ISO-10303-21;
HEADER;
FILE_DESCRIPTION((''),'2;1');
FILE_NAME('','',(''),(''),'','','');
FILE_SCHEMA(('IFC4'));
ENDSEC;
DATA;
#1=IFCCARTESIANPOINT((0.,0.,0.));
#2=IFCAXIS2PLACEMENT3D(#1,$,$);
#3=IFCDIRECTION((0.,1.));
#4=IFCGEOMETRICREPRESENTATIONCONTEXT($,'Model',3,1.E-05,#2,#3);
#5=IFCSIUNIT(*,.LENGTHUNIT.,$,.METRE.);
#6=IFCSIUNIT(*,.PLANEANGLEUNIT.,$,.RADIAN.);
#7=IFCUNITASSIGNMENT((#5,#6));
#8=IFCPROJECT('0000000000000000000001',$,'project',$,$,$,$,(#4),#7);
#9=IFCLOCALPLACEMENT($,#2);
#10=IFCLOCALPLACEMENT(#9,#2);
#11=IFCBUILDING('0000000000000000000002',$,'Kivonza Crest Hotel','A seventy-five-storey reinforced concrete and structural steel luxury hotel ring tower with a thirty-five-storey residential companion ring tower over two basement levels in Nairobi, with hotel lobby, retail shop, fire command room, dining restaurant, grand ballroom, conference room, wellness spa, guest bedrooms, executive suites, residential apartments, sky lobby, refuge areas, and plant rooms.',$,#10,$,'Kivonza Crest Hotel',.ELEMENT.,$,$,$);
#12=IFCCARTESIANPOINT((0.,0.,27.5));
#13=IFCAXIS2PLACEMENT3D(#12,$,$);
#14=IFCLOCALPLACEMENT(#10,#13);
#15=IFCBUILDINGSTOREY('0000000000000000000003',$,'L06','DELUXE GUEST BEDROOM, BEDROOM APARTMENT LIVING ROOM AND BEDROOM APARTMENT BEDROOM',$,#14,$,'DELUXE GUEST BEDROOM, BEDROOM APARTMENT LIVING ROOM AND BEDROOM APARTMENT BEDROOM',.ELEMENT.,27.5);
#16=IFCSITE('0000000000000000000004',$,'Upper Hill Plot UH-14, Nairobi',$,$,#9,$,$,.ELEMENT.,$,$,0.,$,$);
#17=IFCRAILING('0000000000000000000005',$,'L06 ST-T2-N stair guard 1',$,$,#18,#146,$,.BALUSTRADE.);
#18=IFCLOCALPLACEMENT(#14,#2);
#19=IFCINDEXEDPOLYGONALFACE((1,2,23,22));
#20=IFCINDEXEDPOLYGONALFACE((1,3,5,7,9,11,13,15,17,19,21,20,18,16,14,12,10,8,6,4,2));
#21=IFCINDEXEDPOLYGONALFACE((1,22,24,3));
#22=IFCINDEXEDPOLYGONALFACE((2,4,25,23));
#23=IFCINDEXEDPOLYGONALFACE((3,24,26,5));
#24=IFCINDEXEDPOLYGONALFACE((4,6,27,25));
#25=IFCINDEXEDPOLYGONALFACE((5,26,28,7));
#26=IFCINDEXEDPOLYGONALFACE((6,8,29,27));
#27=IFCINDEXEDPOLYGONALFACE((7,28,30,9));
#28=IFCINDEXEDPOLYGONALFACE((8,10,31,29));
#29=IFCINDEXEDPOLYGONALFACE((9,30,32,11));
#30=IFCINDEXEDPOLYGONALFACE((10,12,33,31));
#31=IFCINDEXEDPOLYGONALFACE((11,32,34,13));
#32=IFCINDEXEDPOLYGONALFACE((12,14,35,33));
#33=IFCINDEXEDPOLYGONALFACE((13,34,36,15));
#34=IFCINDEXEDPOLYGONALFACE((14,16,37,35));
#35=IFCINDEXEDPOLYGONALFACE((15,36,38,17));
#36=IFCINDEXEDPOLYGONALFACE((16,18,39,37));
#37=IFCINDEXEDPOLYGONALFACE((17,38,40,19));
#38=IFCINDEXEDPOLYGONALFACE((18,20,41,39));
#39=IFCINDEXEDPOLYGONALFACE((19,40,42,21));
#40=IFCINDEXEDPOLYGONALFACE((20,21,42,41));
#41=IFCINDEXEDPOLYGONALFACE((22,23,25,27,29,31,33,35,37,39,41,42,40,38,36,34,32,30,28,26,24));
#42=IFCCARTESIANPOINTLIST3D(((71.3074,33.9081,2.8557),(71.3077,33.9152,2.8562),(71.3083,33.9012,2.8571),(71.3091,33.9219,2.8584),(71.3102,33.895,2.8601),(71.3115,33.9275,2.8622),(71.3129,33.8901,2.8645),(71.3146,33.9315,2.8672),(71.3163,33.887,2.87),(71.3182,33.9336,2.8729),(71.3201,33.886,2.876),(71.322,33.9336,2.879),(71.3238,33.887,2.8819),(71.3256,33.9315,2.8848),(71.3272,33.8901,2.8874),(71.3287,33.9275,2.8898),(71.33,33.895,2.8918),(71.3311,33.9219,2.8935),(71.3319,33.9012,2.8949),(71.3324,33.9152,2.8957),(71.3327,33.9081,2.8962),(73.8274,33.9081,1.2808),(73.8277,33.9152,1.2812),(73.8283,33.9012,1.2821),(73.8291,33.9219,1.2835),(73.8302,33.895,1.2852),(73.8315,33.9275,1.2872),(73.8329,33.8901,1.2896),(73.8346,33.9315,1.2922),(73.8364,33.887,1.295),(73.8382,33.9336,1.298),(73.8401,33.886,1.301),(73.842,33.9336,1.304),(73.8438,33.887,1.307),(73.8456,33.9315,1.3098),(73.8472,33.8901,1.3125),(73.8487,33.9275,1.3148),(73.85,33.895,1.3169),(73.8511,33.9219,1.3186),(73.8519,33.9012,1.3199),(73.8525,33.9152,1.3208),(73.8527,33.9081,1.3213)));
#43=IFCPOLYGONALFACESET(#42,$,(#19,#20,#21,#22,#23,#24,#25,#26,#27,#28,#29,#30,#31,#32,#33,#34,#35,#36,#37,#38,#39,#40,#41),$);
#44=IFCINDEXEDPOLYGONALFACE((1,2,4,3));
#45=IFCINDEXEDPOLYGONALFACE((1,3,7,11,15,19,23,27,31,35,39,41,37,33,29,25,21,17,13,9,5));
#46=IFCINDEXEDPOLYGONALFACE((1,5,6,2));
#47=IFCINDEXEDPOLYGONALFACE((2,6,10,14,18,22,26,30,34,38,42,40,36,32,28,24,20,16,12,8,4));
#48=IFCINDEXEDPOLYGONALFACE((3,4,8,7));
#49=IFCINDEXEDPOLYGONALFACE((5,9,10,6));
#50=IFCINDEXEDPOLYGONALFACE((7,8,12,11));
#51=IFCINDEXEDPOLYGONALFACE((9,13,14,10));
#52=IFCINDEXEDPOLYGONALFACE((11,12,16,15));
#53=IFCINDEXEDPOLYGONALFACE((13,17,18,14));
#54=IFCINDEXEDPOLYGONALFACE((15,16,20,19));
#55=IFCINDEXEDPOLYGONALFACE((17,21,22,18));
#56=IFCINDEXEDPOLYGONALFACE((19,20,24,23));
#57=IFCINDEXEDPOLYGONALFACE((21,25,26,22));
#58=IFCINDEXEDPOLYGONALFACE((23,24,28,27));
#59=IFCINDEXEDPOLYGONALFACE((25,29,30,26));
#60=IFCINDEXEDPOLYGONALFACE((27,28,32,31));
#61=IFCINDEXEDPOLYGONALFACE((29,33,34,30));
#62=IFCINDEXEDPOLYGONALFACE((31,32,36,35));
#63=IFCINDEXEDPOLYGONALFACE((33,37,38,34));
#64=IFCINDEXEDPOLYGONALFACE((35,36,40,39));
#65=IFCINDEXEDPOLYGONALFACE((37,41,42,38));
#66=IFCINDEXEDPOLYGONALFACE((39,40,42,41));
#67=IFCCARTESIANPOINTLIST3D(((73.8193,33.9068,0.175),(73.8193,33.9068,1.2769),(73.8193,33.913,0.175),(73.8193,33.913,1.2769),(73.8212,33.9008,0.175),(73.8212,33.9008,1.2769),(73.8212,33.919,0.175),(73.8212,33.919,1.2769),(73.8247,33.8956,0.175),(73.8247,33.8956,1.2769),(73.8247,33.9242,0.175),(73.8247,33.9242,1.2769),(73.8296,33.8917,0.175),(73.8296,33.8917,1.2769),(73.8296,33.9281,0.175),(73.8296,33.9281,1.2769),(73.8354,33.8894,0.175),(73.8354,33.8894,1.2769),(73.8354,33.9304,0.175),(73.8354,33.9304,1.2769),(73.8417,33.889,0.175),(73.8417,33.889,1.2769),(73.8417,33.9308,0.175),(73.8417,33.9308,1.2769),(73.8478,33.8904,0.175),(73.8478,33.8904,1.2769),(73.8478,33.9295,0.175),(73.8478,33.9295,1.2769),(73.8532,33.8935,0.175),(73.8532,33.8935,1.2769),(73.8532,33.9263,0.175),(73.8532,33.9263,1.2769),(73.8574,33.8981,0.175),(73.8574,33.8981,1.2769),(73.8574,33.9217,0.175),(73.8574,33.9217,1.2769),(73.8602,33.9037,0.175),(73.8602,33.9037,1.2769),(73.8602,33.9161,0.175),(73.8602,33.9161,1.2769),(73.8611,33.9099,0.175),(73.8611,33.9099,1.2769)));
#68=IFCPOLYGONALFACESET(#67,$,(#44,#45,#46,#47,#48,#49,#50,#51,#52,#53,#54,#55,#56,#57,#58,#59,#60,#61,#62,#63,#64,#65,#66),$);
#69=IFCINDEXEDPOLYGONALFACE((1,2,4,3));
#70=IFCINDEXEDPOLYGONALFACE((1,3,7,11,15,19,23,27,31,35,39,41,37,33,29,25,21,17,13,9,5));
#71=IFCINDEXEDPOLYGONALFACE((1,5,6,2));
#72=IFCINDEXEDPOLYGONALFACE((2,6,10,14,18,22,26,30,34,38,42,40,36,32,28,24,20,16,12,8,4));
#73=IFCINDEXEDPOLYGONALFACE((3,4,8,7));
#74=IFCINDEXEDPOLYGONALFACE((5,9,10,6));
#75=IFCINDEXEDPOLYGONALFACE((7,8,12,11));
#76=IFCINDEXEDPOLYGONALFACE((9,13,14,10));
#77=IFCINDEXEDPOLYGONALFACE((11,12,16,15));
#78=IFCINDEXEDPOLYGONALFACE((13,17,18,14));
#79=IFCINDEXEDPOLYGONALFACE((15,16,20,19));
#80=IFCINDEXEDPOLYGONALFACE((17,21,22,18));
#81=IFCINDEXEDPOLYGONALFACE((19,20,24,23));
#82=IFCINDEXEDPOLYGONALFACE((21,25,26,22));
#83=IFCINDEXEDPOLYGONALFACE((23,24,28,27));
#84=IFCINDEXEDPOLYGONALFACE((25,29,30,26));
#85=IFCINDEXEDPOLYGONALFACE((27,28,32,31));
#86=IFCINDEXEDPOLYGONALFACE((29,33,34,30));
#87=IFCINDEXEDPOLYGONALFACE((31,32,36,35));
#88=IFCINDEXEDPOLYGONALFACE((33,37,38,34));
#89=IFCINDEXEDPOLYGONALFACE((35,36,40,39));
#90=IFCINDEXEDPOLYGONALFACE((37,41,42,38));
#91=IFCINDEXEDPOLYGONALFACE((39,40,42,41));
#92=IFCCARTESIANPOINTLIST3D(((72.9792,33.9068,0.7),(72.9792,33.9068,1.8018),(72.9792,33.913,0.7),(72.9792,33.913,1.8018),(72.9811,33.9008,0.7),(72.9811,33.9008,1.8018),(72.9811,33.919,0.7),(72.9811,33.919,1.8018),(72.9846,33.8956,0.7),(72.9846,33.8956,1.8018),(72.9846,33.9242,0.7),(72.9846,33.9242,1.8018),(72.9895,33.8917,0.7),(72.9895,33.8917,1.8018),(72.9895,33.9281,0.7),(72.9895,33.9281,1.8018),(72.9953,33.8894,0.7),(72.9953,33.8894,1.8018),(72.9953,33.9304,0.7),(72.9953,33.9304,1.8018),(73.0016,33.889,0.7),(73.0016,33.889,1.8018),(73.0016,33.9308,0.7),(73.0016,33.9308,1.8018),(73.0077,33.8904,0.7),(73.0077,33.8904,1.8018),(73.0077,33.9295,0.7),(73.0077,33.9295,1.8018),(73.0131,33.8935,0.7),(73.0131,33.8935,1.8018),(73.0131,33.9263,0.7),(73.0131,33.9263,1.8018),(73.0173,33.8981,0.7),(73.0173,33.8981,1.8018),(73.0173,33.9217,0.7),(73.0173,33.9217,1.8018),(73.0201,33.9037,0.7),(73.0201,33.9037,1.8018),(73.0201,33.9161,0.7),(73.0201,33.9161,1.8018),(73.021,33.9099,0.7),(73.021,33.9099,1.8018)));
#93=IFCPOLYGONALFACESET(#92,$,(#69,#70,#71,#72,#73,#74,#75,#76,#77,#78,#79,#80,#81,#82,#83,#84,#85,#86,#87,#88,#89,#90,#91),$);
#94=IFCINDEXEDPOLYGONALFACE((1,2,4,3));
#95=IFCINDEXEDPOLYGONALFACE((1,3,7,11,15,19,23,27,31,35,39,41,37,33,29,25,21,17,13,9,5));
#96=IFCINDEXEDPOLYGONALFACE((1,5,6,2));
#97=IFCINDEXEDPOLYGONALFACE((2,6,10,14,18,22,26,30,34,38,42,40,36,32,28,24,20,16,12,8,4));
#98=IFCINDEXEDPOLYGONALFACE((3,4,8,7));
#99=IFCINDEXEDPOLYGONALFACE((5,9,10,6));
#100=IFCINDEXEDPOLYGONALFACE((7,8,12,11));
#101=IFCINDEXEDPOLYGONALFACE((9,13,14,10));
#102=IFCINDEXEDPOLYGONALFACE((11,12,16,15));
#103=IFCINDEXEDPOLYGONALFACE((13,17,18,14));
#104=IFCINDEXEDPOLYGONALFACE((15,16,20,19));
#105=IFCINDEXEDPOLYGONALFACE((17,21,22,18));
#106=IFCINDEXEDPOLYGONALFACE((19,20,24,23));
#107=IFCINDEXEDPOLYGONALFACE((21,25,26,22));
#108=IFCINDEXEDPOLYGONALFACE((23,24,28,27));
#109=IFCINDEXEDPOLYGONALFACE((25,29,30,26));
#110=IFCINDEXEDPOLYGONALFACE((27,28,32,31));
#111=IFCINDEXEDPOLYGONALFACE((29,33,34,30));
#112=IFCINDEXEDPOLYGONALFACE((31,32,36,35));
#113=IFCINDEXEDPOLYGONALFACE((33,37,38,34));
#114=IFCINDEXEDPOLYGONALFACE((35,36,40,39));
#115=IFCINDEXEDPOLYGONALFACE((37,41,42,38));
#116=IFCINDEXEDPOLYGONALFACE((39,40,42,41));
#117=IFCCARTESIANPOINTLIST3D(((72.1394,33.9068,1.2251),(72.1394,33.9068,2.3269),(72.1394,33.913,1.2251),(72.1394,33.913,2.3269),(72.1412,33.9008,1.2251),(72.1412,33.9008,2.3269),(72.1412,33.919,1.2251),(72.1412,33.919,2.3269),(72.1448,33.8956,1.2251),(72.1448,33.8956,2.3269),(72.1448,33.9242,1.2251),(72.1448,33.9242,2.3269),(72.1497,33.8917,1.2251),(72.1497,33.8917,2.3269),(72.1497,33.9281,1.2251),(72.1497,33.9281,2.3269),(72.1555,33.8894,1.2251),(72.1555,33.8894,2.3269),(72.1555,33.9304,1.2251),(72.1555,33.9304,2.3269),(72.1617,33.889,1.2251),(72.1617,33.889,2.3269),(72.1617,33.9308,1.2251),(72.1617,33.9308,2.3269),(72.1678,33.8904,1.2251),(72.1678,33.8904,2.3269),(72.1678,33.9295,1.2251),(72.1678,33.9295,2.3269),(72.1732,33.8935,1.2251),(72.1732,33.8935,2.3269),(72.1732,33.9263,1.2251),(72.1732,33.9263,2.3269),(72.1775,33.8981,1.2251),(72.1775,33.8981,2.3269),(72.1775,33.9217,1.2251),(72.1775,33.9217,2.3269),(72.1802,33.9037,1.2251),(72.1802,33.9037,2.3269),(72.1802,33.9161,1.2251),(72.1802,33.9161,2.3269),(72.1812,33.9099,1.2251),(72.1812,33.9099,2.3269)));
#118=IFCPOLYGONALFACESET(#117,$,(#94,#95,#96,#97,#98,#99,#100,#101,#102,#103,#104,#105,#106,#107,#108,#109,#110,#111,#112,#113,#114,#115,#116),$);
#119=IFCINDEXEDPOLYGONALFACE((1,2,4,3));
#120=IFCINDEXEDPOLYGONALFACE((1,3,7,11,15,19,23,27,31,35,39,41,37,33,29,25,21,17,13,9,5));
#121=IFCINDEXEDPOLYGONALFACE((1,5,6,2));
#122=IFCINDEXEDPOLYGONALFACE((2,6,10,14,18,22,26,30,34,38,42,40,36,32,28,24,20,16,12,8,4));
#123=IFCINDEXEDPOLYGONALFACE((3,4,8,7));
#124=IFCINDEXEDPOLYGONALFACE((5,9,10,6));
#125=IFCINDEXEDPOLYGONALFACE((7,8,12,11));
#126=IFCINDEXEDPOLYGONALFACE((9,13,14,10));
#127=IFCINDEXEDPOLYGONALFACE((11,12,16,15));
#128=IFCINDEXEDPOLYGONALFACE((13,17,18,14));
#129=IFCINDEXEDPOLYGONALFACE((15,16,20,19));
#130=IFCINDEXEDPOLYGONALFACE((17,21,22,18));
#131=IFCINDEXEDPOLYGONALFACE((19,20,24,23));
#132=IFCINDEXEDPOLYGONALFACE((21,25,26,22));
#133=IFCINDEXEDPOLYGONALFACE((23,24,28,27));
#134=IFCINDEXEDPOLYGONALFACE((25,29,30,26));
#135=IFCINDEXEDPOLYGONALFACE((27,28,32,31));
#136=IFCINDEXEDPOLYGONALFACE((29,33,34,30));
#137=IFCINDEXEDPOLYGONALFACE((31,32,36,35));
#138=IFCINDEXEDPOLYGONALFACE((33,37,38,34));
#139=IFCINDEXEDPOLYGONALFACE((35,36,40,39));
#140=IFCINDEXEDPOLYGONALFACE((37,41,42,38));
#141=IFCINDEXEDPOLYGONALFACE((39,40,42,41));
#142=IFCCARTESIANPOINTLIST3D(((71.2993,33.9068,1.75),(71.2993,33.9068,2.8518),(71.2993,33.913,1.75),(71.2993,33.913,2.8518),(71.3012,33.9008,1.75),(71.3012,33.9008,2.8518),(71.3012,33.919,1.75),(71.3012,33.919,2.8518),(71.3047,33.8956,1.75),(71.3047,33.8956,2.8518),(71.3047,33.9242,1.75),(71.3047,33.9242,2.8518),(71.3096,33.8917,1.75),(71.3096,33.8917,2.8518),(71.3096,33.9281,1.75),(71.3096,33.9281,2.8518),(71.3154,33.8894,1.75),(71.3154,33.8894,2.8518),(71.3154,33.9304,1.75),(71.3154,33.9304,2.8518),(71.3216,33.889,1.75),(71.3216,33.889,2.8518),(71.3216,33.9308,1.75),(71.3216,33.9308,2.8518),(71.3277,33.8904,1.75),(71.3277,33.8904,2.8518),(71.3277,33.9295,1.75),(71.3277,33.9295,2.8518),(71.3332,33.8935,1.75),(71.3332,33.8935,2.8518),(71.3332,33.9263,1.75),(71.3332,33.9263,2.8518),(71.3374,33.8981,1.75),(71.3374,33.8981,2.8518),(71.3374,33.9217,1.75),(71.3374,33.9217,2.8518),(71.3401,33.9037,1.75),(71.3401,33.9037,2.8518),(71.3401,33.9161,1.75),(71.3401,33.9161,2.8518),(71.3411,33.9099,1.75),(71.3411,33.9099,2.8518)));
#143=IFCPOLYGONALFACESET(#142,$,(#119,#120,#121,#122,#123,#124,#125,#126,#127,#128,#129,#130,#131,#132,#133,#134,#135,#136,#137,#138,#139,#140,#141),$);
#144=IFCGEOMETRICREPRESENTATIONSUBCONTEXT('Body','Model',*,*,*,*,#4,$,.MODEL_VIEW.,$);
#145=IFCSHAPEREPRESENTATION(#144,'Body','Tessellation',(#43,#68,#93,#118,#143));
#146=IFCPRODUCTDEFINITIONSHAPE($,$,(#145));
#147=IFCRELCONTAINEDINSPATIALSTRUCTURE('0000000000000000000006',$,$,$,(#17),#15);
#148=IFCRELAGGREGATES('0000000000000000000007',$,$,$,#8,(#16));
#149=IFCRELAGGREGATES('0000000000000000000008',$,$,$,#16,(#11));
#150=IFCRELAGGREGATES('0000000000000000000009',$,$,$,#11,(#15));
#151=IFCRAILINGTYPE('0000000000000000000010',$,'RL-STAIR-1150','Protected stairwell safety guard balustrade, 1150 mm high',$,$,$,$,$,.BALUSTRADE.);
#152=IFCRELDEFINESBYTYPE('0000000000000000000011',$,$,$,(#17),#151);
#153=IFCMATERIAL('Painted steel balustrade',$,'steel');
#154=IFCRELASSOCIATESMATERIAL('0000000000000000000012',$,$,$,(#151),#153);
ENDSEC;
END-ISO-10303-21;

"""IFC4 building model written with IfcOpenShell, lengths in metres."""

from ifc_helpers import new_model, si_unit, direction, frame, origin, origin_2d, place, context, subcontext, project, spatial, circle, extrude, material, type_object, element, save


model = new_model("IFC4")

# Units and contexts
model_context = context("Model", 3, precision=1e-05, world=origin(), true_north=direction((0.0, 1.0)))
body_context = subcontext(model_context, "Body", "Model", "MODEL_VIEW")
ifc_project = project(units=[si_unit("LENGTHUNIT", "METRE"), si_unit("PLANEANGLEUNIT", "RADIAN")], contexts=[model_context])

# Site, building, storey
site_placement = place(None, origin())
site = spatial("IfcSite", under=ifc_project, at=site_placement, Name="Upper Hill Plot UH-14, Nairobi", CompositionType="ELEMENT", RefElevation=0.0)
building_placement = place(site_placement, origin())
building = spatial("IfcBuilding", under=site, at=building_placement, Name="Kivonza Crest Hotel", Description="A seventy-five-storey reinforced concrete and structural steel luxury hotel ring tower with a thirty-five-storey residential companion ring tower over two basement levels in Nairobi, with hotel lobby, retail shop, fire command room, dining restaurant, grand ballroom, conference room, wellness spa, guest bedrooms, executive suites, residential apartments, sky lobby, refuge areas, and plant rooms.", LongName="Kivonza Crest Hotel", CompositionType="ELEMENT")
storey_placement = place(building_placement, frame((0.0, 0.0, 27.5)))
storey = spatial("IfcBuildingStorey", under=building, at=storey_placement, Name="L06", Description="DELUXE GUEST BEDROOM, BEDROOM APARTMENT LIVING ROOM AND BEDROOM APARTMENT BEDROOM", LongName="DELUXE GUEST BEDROOM, BEDROOM APARTMENT LIVING ROOM AND BEDROOM APARTMENT BEDROOM", CompositionType="ELEMENT", Elevation=27.5)

# Railing
ifc_material_1 = material(Name="Painted steel balustrade", Category="steel")
railing_type_1 = type_object("IfcRailingType", Name="RL-STAIR-1150", Description="Protected stairwell safety guard balustrade, 1150 mm high", PredefinedType="BALUSTRADE", material=ifc_material_1)
railing_1_placement = place(storey_placement, frame((73.8401, 33.9099, 0.175)))
element("IfcRailing", 1, at=railing_1_placement, inside=storey, type_object=railing_type_1, Name="L06 ST-T2-N stair guard 1", PredefinedType="BALUSTRADE", context=body_context, shape_type="SweptSolid", body=[
    extrude(circle(Radius=0.0239, at=origin_2d()), frame((0.0, 0.0, 1.126), z_axis=(-0.848008, 0.0, 0.529984), x_axis=(0.0, -1.0, 0.0)), (0.0, 0.0, 1.0), 2.9717),
    extrude(circle(Radius=0.021, at=origin_2d()), origin(), (0.0, 0.0, 1.0), 1.1018),
    extrude(circle(Radius=0.021, at=origin_2d()), frame((-0.8401, 0.0, 0.5249)), (0.0, 0.0, 1.0), 1.1018),
    extrude(circle(Radius=0.021, at=origin_2d()), frame((-1.6799, 0.0, 1.05)), (0.0, 0.0, 1.0), 1.1018),
    extrude(circle(Radius=0.021, at=origin_2d()), frame((-2.52, 0.0, 1.575)), (0.0, 0.0, 1.0), 1.1018),
])

save(model, "model.ifc")
